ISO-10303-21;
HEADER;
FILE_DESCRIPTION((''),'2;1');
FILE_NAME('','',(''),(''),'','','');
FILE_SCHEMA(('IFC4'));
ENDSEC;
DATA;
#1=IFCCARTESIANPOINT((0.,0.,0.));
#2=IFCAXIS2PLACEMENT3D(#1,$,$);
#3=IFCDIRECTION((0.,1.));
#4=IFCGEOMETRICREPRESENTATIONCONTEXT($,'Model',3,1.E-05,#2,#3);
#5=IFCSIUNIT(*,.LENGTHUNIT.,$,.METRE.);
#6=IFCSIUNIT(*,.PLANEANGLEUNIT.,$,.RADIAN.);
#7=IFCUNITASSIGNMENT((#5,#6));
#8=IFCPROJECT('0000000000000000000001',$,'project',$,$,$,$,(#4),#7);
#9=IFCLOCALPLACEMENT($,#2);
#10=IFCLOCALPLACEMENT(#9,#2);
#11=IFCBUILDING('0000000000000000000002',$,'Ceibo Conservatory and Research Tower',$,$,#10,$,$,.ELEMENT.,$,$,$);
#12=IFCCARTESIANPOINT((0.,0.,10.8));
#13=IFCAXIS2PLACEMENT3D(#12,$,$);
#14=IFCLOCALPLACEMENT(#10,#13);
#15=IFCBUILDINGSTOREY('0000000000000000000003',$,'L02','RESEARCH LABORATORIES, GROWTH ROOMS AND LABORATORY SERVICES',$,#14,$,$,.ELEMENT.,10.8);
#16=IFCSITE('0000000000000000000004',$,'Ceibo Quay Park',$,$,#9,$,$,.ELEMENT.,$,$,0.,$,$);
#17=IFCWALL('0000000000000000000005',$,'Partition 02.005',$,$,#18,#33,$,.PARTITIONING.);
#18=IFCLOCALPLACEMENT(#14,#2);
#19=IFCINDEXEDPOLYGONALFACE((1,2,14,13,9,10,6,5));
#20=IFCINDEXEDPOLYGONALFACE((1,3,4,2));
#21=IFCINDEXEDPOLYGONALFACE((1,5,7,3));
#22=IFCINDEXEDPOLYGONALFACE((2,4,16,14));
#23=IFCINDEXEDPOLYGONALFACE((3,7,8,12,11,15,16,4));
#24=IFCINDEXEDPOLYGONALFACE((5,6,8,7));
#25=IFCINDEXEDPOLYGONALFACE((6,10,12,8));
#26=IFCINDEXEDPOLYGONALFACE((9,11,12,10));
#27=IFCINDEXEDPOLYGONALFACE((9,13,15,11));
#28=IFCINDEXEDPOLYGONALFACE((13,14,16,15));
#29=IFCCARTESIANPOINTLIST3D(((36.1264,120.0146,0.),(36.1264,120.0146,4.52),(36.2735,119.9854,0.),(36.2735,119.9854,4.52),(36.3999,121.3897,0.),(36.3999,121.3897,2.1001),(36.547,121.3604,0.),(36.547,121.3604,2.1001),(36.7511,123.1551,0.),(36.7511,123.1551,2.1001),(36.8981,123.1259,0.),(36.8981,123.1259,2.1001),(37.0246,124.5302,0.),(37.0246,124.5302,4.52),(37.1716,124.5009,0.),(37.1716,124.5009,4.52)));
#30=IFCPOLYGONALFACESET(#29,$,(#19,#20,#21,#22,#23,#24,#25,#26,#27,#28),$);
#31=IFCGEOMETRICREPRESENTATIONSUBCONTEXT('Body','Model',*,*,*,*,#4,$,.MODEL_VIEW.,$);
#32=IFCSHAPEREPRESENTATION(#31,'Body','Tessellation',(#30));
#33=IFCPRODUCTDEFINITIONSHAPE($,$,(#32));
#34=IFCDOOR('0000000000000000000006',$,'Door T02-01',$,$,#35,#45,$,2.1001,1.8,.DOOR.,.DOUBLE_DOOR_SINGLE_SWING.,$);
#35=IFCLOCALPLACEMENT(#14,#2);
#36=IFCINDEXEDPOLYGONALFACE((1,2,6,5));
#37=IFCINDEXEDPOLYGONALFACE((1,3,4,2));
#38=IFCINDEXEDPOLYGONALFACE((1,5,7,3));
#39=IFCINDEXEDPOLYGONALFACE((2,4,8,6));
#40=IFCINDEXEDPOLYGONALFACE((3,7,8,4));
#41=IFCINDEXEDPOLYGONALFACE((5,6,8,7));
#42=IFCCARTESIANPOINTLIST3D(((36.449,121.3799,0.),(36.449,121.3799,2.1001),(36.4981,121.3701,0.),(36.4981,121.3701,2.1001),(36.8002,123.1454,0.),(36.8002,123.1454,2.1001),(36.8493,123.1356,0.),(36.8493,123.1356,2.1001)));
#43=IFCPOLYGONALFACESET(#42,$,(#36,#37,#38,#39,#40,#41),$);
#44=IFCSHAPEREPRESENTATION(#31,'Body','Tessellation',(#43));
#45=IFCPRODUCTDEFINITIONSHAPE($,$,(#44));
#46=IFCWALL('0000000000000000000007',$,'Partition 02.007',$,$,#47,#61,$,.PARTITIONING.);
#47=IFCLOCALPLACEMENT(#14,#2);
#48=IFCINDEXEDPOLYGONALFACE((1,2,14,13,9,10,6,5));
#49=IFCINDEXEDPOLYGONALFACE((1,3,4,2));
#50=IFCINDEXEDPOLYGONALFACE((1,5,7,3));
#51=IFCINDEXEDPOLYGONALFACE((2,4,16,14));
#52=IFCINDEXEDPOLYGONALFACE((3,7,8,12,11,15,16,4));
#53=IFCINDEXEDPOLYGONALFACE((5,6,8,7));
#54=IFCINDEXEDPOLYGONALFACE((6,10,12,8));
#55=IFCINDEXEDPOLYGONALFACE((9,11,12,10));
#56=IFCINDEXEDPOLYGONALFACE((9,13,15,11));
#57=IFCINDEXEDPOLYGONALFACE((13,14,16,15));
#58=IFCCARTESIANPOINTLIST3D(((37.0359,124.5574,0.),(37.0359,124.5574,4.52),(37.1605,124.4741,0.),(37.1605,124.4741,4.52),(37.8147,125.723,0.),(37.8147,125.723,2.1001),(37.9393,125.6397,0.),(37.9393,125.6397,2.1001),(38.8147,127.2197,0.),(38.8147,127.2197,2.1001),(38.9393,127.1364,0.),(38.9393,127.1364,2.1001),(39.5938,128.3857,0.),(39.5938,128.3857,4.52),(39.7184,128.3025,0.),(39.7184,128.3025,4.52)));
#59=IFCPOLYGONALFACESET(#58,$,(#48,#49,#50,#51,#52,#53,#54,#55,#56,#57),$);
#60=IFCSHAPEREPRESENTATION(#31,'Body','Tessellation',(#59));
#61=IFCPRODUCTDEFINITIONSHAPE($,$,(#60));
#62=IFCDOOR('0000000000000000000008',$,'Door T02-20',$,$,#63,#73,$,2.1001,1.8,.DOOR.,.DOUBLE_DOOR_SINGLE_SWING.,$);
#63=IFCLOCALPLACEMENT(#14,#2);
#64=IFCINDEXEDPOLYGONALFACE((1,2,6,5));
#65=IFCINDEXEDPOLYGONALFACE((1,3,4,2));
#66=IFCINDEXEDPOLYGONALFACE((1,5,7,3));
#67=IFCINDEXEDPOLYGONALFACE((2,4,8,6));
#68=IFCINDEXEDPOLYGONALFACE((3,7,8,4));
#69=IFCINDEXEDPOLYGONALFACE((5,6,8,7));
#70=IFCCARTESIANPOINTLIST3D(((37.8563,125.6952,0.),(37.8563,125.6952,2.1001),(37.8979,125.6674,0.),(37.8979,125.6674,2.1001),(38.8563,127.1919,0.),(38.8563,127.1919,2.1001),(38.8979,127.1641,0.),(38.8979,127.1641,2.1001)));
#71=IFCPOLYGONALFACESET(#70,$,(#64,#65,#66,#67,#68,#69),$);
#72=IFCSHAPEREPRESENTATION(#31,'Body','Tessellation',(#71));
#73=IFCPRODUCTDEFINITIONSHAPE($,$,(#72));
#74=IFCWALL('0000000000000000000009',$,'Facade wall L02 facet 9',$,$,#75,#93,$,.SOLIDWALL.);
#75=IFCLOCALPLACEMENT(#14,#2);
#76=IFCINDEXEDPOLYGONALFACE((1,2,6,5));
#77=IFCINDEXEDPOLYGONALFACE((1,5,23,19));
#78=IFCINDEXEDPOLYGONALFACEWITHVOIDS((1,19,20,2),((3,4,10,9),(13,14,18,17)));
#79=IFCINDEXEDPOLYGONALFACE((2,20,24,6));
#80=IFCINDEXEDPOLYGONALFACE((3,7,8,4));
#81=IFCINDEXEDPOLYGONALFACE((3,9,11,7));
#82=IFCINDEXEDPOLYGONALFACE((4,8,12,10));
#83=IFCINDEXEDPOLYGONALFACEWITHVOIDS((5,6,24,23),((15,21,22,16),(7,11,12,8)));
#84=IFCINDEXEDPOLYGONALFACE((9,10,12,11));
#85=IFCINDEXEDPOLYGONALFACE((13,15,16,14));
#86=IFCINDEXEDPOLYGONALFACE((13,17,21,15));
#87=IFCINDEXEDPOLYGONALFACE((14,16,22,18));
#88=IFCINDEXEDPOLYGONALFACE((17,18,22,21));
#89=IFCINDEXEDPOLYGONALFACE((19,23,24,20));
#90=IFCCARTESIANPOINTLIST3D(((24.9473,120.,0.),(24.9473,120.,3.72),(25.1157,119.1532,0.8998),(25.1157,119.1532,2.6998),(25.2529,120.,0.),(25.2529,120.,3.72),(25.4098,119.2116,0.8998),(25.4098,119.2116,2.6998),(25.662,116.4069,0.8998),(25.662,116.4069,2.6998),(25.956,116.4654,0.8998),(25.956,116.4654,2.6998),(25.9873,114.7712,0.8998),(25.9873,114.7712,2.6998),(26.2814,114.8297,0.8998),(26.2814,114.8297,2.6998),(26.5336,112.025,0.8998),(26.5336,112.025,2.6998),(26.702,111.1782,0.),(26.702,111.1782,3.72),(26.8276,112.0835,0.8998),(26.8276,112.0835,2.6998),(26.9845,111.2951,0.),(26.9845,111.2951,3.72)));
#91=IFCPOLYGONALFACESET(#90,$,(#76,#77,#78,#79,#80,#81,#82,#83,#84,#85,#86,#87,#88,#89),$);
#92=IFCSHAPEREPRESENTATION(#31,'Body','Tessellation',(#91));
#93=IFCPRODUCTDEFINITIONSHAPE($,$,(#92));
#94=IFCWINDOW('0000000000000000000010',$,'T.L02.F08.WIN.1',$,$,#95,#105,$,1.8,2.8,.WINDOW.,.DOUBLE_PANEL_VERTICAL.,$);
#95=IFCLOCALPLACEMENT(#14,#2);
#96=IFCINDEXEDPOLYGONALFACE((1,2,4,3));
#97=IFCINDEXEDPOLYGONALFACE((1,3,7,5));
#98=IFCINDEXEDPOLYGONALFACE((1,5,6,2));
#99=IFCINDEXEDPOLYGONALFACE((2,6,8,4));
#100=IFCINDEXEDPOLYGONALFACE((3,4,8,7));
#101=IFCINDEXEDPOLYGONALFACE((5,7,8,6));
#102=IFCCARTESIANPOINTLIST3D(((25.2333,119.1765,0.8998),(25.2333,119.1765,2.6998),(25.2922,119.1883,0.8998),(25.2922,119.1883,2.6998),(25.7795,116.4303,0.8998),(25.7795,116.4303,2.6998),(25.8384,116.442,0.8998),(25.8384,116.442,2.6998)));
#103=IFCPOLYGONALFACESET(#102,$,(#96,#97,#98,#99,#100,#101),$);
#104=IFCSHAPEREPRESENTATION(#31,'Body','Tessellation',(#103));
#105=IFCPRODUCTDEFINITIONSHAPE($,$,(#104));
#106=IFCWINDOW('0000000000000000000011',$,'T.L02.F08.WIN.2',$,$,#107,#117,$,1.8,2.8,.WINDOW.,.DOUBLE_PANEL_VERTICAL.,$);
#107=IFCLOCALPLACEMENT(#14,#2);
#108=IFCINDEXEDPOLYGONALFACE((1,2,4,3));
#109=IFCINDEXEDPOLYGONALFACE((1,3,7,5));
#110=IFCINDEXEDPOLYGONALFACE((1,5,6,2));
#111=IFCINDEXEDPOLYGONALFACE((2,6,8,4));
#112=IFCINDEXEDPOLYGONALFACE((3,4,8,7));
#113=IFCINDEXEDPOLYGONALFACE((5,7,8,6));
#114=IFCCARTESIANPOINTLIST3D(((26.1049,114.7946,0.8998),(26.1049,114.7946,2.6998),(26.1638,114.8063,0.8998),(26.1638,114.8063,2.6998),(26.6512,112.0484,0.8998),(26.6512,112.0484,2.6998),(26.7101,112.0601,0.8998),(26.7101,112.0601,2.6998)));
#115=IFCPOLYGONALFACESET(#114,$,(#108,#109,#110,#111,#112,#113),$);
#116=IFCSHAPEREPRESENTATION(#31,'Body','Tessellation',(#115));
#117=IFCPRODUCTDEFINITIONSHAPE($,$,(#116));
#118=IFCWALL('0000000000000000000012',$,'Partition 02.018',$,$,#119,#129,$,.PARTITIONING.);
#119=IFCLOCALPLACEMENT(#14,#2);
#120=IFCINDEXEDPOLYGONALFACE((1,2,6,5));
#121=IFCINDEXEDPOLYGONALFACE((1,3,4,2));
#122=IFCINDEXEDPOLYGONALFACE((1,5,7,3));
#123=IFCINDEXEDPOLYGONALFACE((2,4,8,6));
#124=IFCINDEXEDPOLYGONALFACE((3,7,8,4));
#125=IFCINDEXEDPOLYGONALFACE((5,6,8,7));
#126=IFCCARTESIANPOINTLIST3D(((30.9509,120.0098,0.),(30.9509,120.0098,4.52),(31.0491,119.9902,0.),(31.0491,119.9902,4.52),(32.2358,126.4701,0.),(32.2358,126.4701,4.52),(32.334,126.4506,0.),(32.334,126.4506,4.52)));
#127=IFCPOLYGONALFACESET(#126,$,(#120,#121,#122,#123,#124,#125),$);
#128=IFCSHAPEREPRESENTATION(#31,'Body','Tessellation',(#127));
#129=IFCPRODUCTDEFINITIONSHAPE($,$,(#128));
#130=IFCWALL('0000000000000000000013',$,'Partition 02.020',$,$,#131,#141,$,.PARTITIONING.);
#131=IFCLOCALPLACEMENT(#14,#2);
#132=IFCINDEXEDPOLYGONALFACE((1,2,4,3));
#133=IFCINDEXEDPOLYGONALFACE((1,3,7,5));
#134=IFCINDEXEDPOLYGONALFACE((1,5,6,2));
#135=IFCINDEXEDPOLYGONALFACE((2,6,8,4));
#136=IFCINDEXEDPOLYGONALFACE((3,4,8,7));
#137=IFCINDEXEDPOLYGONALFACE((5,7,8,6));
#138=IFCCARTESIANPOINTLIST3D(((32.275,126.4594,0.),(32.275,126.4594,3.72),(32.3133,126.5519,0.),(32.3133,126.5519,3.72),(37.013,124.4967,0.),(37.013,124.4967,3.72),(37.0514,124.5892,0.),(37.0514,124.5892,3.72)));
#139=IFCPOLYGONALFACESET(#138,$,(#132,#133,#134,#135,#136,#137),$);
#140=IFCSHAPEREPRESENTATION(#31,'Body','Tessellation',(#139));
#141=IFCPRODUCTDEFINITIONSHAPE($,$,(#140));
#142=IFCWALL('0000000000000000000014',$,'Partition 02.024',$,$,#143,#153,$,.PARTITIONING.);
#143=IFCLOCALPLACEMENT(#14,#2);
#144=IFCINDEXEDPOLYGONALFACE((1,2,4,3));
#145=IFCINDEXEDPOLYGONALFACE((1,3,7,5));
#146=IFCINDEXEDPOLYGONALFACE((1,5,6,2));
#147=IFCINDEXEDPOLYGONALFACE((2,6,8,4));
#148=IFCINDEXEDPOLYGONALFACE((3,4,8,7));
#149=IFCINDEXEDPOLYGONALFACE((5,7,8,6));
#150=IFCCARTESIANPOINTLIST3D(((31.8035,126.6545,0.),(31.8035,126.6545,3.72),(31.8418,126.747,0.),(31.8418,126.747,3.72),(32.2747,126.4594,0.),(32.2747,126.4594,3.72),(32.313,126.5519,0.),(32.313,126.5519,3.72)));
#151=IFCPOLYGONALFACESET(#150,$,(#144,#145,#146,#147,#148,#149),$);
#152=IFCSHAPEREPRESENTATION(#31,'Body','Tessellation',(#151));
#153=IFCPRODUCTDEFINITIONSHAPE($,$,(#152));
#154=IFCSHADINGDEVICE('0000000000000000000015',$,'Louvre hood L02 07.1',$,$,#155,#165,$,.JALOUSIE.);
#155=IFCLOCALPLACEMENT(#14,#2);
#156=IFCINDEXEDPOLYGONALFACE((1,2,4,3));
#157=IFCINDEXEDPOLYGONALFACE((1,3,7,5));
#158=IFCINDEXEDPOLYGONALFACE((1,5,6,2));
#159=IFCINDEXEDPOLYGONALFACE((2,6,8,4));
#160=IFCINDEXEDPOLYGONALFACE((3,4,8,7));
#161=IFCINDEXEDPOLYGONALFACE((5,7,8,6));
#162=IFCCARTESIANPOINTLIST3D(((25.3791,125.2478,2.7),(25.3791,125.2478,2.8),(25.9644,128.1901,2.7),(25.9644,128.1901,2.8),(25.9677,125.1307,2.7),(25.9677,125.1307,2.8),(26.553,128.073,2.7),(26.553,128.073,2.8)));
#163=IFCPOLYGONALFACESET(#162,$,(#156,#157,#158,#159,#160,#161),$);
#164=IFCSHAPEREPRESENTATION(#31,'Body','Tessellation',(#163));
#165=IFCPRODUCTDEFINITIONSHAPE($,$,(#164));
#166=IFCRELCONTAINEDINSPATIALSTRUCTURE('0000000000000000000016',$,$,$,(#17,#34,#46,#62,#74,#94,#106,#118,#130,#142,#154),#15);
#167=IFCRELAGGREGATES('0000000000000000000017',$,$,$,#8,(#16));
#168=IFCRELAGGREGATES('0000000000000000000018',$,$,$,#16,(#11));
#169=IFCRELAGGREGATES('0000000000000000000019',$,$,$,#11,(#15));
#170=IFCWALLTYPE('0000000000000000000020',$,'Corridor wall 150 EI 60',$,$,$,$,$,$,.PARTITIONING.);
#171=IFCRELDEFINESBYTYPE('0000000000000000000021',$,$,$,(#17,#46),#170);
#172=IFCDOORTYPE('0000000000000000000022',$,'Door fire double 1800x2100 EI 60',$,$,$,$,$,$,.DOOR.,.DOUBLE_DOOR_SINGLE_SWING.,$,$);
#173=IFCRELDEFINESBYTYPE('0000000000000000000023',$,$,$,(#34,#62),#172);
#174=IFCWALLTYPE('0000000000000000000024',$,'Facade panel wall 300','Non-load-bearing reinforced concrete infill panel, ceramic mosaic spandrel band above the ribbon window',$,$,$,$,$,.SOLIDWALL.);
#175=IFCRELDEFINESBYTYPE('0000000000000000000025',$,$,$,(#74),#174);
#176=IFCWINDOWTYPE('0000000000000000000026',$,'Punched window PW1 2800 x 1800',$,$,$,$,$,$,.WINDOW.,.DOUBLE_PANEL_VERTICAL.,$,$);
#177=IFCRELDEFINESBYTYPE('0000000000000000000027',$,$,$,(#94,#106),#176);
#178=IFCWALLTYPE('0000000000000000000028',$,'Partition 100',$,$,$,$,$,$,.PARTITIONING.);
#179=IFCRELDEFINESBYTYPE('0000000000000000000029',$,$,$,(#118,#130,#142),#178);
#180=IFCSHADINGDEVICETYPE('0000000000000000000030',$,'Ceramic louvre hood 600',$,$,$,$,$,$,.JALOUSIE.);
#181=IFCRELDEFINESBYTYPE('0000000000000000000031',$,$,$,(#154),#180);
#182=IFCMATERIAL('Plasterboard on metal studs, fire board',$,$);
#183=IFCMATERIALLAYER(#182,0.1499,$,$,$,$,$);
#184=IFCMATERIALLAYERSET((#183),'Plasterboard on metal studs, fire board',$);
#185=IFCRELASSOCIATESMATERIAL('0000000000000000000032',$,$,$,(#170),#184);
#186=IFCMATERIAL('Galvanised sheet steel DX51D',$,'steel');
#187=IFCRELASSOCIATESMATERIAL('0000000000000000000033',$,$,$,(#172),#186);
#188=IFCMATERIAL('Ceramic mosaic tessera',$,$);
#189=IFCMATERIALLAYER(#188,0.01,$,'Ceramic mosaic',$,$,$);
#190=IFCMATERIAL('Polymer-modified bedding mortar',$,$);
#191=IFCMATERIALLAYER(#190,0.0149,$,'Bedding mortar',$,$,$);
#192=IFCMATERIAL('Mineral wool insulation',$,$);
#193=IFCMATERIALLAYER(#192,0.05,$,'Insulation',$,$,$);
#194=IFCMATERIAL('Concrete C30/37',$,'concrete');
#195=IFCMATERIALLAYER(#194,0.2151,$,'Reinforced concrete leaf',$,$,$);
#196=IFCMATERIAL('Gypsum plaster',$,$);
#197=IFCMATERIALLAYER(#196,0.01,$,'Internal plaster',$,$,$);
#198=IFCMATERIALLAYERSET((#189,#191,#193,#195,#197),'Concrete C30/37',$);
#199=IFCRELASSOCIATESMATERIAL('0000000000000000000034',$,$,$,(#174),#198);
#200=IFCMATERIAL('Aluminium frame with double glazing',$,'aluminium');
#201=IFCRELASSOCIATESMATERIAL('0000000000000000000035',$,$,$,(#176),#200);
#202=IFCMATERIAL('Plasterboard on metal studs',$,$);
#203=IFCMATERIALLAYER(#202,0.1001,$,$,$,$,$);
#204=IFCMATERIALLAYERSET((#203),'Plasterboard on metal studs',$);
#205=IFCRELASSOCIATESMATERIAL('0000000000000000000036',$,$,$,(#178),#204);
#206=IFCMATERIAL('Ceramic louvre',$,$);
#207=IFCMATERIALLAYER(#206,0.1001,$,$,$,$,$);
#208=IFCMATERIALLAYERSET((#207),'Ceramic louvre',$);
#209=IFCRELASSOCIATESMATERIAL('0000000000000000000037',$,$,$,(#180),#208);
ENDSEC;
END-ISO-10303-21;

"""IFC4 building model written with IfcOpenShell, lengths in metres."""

from ifc_helpers import new_model, si_unit, direction, frame, frame_2d, origin, origin_2d, place, context, subcontext, project, spatial, polyline, rectangle, outline, extrude, material, layer, layer_set, type_object, element, fill, save


model = new_model("IFC4")

# Units and contexts
model_context = context("Model", 3, precision=1e-05, world=origin(), true_north=direction((0.0, 1.0)))
body_context = subcontext(model_context, "Body", "Model", "MODEL_VIEW")
ifc_project = project(units=[si_unit("LENGTHUNIT", "METRE"), si_unit("PLANEANGLEUNIT", "RADIAN")], contexts=[model_context])

# Site, building, storey
site_placement = place(None, origin())
site = spatial("IfcSite", under=ifc_project, at=site_placement, Name="Ceibo Quay Park", CompositionType="ELEMENT", RefElevation=0.0)
building_placement = place(site_placement, origin())
building = spatial("IfcBuilding", under=site, at=building_placement, Name="Ceibo Conservatory and Research Tower", CompositionType="ELEMENT")
storey_placement = place(building_placement, frame((0.0, 0.0, 10.8)))
storey = spatial("IfcBuildingStorey", under=building, at=storey_placement, Name="L02", Description="RESEARCH LABORATORIES, GROWTH ROOMS AND LABORATORY SERVICES", CompositionType="ELEMENT", Elevation=10.8)

# Walls, openings, doors
ifc_material_1 = material(Name="Plasterboard on metal studs, fire board")
ifc_layer_1 = layer(ifc_material_1, 0.1499)
ifc_layer_set_1 = layer_set([ifc_layer_1], Name="Plasterboard on metal studs, fire board")
wall_type_1 = type_object("IfcWallType", Name="Corridor wall 150 EI 60", PredefinedType="PARTITIONING", material=ifc_layer_set_1)
wall_1_placement = place(storey_placement, frame((36.2, 120.0, 0.0), z_axis=(0.0, 0.0, 1.0), x_axis=(0.195086, 0.980786, 0.0)))
wall_1 = element("IfcWall", 1, at=wall_1_placement, inside=storey, type_object=wall_type_1, Name="Partition 02.005", PredefinedType="PARTITIONING", context=body_context, shape_type="SweptSolid", body=[
    extrude(rectangle(XDim=4.604, YDim=0.1499, at=frame_2d((2.302, 0.0))), origin(), (0.0, 0.0, 1.0), 4.52),
])
opening_1_placement = place(wall_1_placement, frame((1.4021, 0.0, 0.0)))
opening_1 = element("IfcOpeningElement", 2, at=opening_1_placement, cuts=wall_1, PredefinedType="OPENING", context=body_context, shape_type="SweptSolid", body=[
    extrude(rectangle(XDim=1.8, YDim=2.1001, at=frame_2d((0.8999, 1.05))), frame((0.0, 0.085, 0.0), z_axis=(0.0, -1.0, 0.0), x_axis=(1.0, 0.0, 0.0)), (0.0, 0.0, 1.0), 0.1699),
])
ifc_material_2 = material(Name="Galvanised sheet steel DX51D", Category="steel")
door_type = type_object("IfcDoorType", Name="Door fire double 1800x2100 EI 60", OperationType="DOUBLE_DOOR_SINGLE_SWING", PredefinedType="DOOR", material=ifc_material_2)
door_1_placement = place(opening_1_placement, origin())
door_1 = element("IfcDoor", 3, at=door_1_placement, inside=storey, type_object=door_type, Name="Door T02-01", OperationType="DOUBLE_DOOR_SINGLE_SWING", OverallHeight=2.1001, OverallWidth=1.8, PredefinedType="DOOR", context=body_context, shape_type="SweptSolid", body=[
    extrude(rectangle(XDim=1.8, YDim=2.1001, at=frame_2d((0.8999, 1.05))), frame((0.0, 0.0249, 0.0), z_axis=(0.0, -1.0, 0.0), x_axis=(1.0, 0.0, 0.0)), (0.0, 0.0, 1.0), 0.05),
])
fill(opening_1, door_1)
wall_2_placement = place(storey_placement, frame((37.0981, 124.5156, 0.0), z_axis=(0.0, 0.0, 1.0), x_axis=(0.555544, 0.831487, 0.0)))
wall_2 = element("IfcWall", 4, at=wall_2_placement, inside=storey, type_object=wall_type_1, Name="Partition 02.007", PredefinedType="PARTITIONING", context=body_context, shape_type="SweptSolid", body=[
    extrude(rectangle(XDim=4.6042, YDim=0.1499, at=frame_2d((2.3022, 0.0))), origin(), (0.0, 0.0, 1.0), 4.52),
])
opening_2_placement = place(wall_2_placement, frame((1.4021, 0.0, 0.0)))
opening_2 = element("IfcOpeningElement", 5, at=opening_2_placement, cuts=wall_2, PredefinedType="OPENING", context=body_context, shape_type="SweptSolid", body=[
    extrude(rectangle(XDim=1.8, YDim=2.1001, at=frame_2d((0.8999, 1.05))), frame((0.0, 0.085, 0.0), z_axis=(0.0, -1.0, 0.0), x_axis=(1.0, 0.0, 0.0)), (0.0, 0.0, 1.0), 0.1699),
])
door_2_placement = place(opening_2_placement, origin())
door_2 = element("IfcDoor", 6, at=door_2_placement, inside=storey, type_object=door_type, Name="Door T02-20", OperationType="DOUBLE_DOOR_SINGLE_SWING", OverallHeight=2.1001, OverallWidth=1.8, PredefinedType="DOOR", context=body_context, shape_type="SweptSolid", body=[
    extrude(rectangle(XDim=1.8, YDim=2.1001, at=frame_2d((0.8999, 1.05))), frame((0.0, 0.0249, 0.0), z_axis=(0.0, -1.0, 0.0), x_axis=(1.0, 0.0, 0.0)), (0.0, 0.0, 1.0), 0.05),
])
fill(opening_2, door_2)

# Wall, openings, windows
ifc_material_3 = material(Name="Ceramic mosaic tessera")
ifc_layer_2 = layer(ifc_material_3, 0.01, Name="Ceramic mosaic")
ifc_material_4 = material(Name="Polymer-modified bedding mortar")
ifc_layer_3 = layer(ifc_material_4, 0.0149, Name="Bedding mortar")
ifc_material_5 = material(Name="Mineral wool insulation")
ifc_layer_4 = layer(ifc_material_5, 0.05, Name="Insulation")
ifc_material_6 = material(Name="Concrete C30/37", Category="concrete")
ifc_layer_5 = layer(ifc_material_6, 0.2151, Name="Reinforced concrete leaf")
ifc_material_7 = material(Name="Gypsum plaster")
ifc_layer_6 = layer(ifc_material_7, 0.01, Name="Internal plaster")
ifc_layer_set_2 = layer_set([ifc_layer_2, ifc_layer_3, ifc_layer_4, ifc_layer_5, ifc_layer_6], Name="Concrete C30/37")
wall_type_2 = type_object("IfcWallType", Name="Facade panel wall 300", Description="Non-load-bearing reinforced concrete infill panel, ceramic mosaic spandrel band above the ribbon window", PredefinedType="SOLIDWALL", material=ifc_layer_set_2)
wall_3_placement = place(storey_placement, frame((25.1001, 120.0, 0.0), z_axis=(0.0, 0.0, 1.0), x_axis=(0.195091, -0.980785, 0.0)))
wall_3 = element("IfcWall", 7, at=wall_3_placement, inside=storey, type_object=wall_type_2, Name="Facade wall L02 facet 9", PredefinedType="SOLIDWALL", context=body_context, shape_type="SweptSolid", body=[
    extrude(outline(polyline([(-0.0298, -0.1499), (8.9648, -0.1499), (8.9053, 0.1499), (0.0298, 0.1499), (-0.0298, -0.1499)])), origin(), (0.0, 0.0, 1.0), 3.72),
])
opening_3_placement = place(wall_3_placement, frame((0.8337, 0.0, 0.8999)))
opening_3 = element("IfcOpeningElement", 8, at=opening_3_placement, cuts=wall_3, PredefinedType="OPENING", context=body_context, shape_type="SweptSolid", body=[
    extrude(rectangle(XDim=2.8, YDim=1.8, at=frame_2d((1.3999, 0.8999))), frame((0.0, 0.1599, 0.0), z_axis=(0.0, -1.0, 0.0), x_axis=(1.0, 0.0, 0.0)), (0.0, 0.0, 1.0), 0.3201),
])
opening_4_placement = place(wall_3_placement, frame((5.3015, 0.0, 0.8999)))
opening_4 = element("IfcOpeningElement", 9, at=opening_4_placement, cuts=wall_3, PredefinedType="OPENING", context=body_context, shape_type="SweptSolid", body=[
    extrude(rectangle(XDim=2.8, YDim=1.8, at=frame_2d((1.3999, 0.8999))), frame((0.0, 0.1599, 0.0), z_axis=(0.0, -1.0, 0.0), x_axis=(1.0, 0.0, 0.0)), (0.0, 0.0, 1.0), 0.3201),
])
ifc_material_8 = material(Name="Aluminium frame with double glazing", Category="aluminium")
window_type = type_object("IfcWindowType", Name="Punched window PW1 2800 x 1800", PartitioningType="DOUBLE_PANEL_VERTICAL", PredefinedType="WINDOW", material=ifc_material_8)
window_1_placement = place(opening_3_placement, origin())
window_1 = element("IfcWindow", 10, at=window_1_placement, inside=storey, type_object=window_type, Name="T.L02.F08.WIN.1", OverallHeight=1.8, OverallWidth=2.8, PartitioningType="DOUBLE_PANEL_VERTICAL", PredefinedType="WINDOW", context=body_context, shape_type="SweptSolid", body=[
    extrude(rectangle(XDim=2.8, YDim=1.8, at=frame_2d((1.3999, 0.8999))), frame((0.0, 0.03, 0.0), z_axis=(0.0, -1.0, 0.0), x_axis=(1.0, 0.0, 0.0)), (0.0, 0.0, 1.0), 0.0601),
])
fill(opening_3, window_1)
window_2_placement = place(opening_4_placement, origin())
window_2 = element("IfcWindow", 11, at=window_2_placement, inside=storey, type_object=window_type, Name="T.L02.F08.WIN.2", OverallHeight=1.8, OverallWidth=2.8, PartitioningType="DOUBLE_PANEL_VERTICAL", PredefinedType="WINDOW", context=body_context, shape_type="SweptSolid", body=[
    extrude(rectangle(XDim=2.8, YDim=1.8, at=frame_2d((1.3999, 0.8999))), frame((0.0, 0.03, 0.0), z_axis=(0.0, -1.0, 0.0), x_axis=(1.0, 0.0, 0.0)), (0.0, 0.0, 1.0), 0.0601),
])
fill(opening_4, window_2)

# Walls
ifc_material_9 = material(Name="Plasterboard on metal studs")
ifc_layer_7 = layer(ifc_material_9, 0.1001)
ifc_layer_set_3 = layer_set([ifc_layer_7], Name="Plasterboard on metal studs")
wall_type_3 = type_object("IfcWallType", Name="Partition 100", PredefinedType="PARTITIONING", material=ifc_layer_set_3)
wall_4_placement = place(storey_placement, frame((31.0, 120.0, 0.0), z_axis=(0.0, 0.0, 1.0), x_axis=(0.195068, 0.98079, 0.0)))
element("IfcWall", 12, at=wall_4_placement, inside=storey, type_object=wall_type_3, Name="Partition 02.018", PredefinedType="PARTITIONING", context=body_context, shape_type="SweptSolid", body=[
    extrude(rectangle(XDim=6.5869, YDim=0.1001, at=frame_2d((3.2935, 0.0))), origin(), (0.0, 0.0, 1.0), 4.52),
])
wall_5_placement = place(storey_placement, frame((32.2942, 126.5056, 0.0), z_axis=(0.0, 0.0, 1.0), x_axis=(0.923874, -0.382698, 0.0)))
element("IfcWall", 13, at=wall_5_placement, inside=storey, type_object=wall_type_3, Name="Partition 02.020", PredefinedType="PARTITIONING", context=body_context, shape_type="SweptSolid", body=[
    extrude(rectangle(XDim=5.1284, YDim=0.1001, at=frame_2d((2.5642, 0.0))), origin(), (0.0, 0.0, 1.0), 3.72),
])
wall_6_placement = place(storey_placement, frame((31.8228, 126.7007, 0.0), z_axis=(0.0, 0.0, 1.0), x_axis=(0.923953, -0.382507, 0.0)))
element("IfcWall", 14, at=wall_6_placement, inside=storey, type_object=wall_type_3, Name="Partition 02.024", PredefinedType="PARTITIONING", context=body_context, shape_type="SweptSolid", body=[
    extrude(rectangle(XDim=0.51, YDim=0.1001, at=frame_2d((0.2549, 0.0))), origin(), (0.0, 0.0, 1.0), 3.72),
])

# Shading device
ifc_material_10 = material(Name="Ceramic louvre")
ifc_layer_8 = layer(ifc_material_10, 0.1001)
ifc_layer_set_4 = layer_set([ifc_layer_8], Name="Ceramic louvre")
shading_device_type = type_object("IfcShadingDeviceType", Name="Ceramic louvre hood 600", PredefinedType="JALOUSIE", material=ifc_layer_set_4)
for number, where, z_axis, x_axis, name in (
    (15, (25.9661, 126.6604, 2.7), (0.0, 0.0, 1.0), (-0.19509, -0.980785, 0.0), "Louvre hood L02 07.1"),
):
    element("IfcShadingDevice", number, at=place(storey_placement, frame(where, z_axis=z_axis, x_axis=x_axis)), inside=storey, type_object=shading_device_type, Name=name, PredefinedType="JALOUSIE", context=body_context, shape_type="SweptSolid", body=[
        extrude(rectangle(XDim=3.0, YDim=0.6001, at=origin_2d()), origin(), (0.0, 0.0, 1.0), 0.1001),
    ])

save(model, "model.ifc")
